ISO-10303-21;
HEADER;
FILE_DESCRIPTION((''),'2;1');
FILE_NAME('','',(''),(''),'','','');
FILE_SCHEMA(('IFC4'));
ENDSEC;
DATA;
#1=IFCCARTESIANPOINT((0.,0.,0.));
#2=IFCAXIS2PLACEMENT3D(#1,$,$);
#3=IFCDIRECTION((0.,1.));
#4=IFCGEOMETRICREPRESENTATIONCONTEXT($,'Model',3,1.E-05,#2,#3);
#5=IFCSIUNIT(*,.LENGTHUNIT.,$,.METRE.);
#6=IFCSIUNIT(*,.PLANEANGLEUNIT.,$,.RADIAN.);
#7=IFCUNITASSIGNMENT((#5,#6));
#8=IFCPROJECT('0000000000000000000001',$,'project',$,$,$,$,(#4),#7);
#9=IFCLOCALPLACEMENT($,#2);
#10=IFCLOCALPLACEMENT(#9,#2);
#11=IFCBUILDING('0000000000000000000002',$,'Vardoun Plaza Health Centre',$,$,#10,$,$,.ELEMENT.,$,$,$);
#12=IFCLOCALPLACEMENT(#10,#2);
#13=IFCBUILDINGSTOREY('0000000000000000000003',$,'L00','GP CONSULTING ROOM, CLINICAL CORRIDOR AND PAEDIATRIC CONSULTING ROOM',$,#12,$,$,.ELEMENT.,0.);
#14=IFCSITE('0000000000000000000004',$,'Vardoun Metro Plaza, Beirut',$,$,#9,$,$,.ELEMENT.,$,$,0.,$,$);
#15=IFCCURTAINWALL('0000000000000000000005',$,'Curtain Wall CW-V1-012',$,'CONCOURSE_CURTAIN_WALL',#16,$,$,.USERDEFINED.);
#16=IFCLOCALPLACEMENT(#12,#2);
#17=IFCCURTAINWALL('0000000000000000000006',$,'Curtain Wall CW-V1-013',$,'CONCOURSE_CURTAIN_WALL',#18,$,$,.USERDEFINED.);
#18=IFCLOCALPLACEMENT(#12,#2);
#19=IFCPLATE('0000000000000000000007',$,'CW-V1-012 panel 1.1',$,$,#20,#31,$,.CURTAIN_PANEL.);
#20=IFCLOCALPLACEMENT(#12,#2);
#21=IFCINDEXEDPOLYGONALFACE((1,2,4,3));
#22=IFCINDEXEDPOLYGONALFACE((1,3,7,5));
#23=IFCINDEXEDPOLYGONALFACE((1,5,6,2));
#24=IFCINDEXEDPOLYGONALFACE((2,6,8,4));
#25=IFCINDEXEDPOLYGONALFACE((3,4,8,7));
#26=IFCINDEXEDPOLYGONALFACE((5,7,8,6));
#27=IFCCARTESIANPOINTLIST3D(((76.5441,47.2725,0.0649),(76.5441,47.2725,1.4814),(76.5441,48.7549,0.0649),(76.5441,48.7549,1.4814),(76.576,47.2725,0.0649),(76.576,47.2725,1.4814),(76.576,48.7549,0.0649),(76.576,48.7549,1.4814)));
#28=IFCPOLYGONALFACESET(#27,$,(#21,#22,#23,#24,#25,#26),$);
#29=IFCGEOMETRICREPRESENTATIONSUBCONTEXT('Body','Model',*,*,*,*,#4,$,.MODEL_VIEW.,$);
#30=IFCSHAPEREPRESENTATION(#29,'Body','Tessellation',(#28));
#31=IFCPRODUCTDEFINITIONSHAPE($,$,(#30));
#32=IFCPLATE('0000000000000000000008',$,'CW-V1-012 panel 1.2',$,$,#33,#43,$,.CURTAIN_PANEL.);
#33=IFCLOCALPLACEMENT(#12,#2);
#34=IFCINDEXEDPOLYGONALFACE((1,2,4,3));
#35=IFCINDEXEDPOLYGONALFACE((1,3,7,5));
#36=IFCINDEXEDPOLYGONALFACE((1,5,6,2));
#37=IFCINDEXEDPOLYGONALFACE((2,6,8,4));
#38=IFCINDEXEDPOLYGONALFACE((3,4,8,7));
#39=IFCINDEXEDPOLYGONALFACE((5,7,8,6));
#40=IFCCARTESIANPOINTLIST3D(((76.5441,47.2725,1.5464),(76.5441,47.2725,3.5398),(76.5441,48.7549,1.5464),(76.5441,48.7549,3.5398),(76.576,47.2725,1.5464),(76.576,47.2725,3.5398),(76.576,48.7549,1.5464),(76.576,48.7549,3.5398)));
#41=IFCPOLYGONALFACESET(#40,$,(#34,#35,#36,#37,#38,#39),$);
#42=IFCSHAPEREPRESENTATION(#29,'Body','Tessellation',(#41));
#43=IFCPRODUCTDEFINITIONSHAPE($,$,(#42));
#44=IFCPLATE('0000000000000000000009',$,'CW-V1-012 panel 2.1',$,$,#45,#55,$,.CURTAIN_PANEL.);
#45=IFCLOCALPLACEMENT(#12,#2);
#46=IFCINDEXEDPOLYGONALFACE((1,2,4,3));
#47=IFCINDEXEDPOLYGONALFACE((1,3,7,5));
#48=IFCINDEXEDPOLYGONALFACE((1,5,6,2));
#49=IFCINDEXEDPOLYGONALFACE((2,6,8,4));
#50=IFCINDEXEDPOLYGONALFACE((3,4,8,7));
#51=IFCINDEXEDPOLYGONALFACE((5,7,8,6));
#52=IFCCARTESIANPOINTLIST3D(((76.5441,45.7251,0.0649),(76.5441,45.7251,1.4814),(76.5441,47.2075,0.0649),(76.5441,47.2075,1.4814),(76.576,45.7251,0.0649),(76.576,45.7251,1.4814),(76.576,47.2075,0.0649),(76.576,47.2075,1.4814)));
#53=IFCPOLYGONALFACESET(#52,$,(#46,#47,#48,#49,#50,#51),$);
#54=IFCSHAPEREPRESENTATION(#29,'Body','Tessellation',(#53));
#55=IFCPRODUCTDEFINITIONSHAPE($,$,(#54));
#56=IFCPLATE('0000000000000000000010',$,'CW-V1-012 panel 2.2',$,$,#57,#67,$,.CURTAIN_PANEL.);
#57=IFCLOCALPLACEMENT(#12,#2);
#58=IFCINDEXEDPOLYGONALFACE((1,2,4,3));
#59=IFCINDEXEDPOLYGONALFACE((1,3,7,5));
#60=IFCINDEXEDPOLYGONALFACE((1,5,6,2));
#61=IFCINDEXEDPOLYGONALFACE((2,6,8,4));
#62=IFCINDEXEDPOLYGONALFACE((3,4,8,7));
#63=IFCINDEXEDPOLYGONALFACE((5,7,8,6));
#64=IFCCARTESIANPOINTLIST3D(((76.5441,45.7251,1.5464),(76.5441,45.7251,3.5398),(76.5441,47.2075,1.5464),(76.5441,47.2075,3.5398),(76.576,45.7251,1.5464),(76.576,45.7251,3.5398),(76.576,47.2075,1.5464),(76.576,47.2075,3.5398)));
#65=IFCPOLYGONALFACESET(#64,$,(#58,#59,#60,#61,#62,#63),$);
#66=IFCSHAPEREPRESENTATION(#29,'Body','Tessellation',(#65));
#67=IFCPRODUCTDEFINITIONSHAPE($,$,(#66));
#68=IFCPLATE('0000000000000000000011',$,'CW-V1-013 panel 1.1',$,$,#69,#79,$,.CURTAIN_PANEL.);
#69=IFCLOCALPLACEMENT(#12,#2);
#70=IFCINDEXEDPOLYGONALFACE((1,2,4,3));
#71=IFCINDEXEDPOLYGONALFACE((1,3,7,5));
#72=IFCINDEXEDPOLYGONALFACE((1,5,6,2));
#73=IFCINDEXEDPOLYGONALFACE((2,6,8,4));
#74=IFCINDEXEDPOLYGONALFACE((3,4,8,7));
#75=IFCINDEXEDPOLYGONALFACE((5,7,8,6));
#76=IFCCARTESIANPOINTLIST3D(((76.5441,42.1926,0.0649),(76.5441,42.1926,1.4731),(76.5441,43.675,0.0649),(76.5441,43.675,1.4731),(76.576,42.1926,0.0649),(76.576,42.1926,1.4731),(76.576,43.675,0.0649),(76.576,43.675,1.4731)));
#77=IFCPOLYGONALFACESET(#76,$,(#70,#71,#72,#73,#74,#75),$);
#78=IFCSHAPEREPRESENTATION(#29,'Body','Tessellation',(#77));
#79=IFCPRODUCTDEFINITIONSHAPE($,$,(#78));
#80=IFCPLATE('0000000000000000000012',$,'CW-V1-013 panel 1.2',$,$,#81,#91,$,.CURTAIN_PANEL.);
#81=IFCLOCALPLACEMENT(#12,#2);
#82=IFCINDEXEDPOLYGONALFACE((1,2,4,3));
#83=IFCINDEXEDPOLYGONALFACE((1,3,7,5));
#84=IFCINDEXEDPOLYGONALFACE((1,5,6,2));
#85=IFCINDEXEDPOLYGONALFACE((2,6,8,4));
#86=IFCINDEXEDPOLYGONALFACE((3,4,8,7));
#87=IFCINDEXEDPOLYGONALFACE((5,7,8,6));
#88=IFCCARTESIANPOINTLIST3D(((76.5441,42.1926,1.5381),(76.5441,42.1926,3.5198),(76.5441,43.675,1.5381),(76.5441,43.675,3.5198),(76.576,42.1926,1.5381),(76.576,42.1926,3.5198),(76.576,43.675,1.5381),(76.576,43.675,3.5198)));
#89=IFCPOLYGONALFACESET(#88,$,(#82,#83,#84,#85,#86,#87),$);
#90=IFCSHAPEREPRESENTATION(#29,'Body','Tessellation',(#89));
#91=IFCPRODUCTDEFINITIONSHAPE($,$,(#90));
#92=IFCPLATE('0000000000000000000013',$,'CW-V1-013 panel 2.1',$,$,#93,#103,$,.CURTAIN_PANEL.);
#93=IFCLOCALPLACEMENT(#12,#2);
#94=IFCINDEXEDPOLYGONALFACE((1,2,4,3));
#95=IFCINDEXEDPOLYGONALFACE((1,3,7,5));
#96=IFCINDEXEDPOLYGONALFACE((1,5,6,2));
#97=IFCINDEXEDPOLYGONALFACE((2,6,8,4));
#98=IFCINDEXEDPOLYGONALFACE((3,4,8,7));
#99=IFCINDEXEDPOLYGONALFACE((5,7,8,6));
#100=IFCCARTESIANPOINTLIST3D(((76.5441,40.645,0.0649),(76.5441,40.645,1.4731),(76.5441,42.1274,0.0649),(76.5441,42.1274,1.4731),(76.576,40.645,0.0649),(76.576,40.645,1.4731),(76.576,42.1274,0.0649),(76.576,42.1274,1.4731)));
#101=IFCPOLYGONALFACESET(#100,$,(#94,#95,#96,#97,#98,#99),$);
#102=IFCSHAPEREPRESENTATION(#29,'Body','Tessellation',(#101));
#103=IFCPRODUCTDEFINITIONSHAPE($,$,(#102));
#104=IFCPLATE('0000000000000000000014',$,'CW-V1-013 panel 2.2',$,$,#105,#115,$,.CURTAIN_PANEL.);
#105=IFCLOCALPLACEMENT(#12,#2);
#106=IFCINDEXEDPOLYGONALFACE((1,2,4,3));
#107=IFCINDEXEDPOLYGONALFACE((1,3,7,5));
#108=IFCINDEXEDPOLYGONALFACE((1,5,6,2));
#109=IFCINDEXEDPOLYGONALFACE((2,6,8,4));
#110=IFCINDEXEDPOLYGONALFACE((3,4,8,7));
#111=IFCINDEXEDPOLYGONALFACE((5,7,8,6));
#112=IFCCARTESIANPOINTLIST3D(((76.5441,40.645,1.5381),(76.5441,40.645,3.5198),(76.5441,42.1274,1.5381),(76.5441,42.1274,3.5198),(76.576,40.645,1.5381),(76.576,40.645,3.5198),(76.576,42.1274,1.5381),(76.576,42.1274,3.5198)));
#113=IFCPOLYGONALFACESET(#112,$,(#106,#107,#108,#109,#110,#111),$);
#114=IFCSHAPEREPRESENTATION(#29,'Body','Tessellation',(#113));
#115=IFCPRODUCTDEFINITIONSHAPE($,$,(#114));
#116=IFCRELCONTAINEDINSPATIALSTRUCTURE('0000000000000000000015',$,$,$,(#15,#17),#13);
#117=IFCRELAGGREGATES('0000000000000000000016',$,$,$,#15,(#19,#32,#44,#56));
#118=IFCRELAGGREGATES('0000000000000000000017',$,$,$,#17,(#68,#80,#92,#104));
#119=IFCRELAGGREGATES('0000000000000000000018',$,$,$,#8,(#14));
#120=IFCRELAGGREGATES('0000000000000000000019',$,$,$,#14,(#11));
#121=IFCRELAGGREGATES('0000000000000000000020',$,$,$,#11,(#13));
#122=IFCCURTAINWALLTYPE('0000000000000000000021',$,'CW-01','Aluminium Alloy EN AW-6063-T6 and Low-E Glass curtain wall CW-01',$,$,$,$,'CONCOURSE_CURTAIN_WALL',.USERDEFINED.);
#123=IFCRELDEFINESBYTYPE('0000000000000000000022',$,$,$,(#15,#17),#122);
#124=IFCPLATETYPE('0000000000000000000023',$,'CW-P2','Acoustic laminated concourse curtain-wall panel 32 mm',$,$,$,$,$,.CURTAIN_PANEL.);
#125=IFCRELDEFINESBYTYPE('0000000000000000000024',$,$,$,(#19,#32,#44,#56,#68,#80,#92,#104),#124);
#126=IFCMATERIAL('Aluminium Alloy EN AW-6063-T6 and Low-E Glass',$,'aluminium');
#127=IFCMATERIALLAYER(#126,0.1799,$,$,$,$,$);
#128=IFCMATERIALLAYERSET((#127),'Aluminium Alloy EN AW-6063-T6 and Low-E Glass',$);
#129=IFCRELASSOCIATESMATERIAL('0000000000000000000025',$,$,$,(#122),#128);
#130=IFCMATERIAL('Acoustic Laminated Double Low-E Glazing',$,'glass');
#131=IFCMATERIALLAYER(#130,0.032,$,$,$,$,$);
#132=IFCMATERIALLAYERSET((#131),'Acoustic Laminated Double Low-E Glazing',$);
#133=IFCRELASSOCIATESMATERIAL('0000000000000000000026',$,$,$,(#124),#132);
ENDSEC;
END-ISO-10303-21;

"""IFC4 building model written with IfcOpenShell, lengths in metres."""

from ifc_helpers import new_model, si_unit, direction, frame, origin, origin_2d, place, context, subcontext, project, spatial, rectangle, extrude, material, layer, layer_set, type_object, element, aggregate, save


model = new_model("IFC4")

# Units and contexts
model_context = context("Model", 3, precision=1e-05, world=origin(), true_north=direction((0.0, 1.0)))
body_context = subcontext(model_context, "Body", "Model", "MODEL_VIEW")
ifc_project = project(units=[si_unit("LENGTHUNIT", "METRE"), si_unit("PLANEANGLEUNIT", "RADIAN")], contexts=[model_context])

# Site, building, storey
site_placement = place(None, origin())
site = spatial("IfcSite", under=ifc_project, at=site_placement, Name="Vardoun Metro Plaza, Beirut", CompositionType="ELEMENT", RefElevation=0.0)
building_placement = place(site_placement, origin())
building = spatial("IfcBuilding", under=site, at=building_placement, Name="Vardoun Plaza Health Centre", CompositionType="ELEMENT")
storey_placement = place(building_placement, origin())
storey = spatial("IfcBuildingStorey", under=building, at=storey_placement, Name="L00", Description="GP CONSULTING ROOM, CLINICAL CORRIDOR AND PAEDIATRIC CONSULTING ROOM", CompositionType="ELEMENT", Elevation=0.0)

# Curtain walls
ifc_material_1 = material(Name="Aluminium Alloy EN AW-6063-T6 and Low-E Glass", Category="aluminium")
ifc_layer_1 = layer(ifc_material_1, 0.1799)
ifc_layer_set_1 = layer_set([ifc_layer_1], Name="Aluminium Alloy EN AW-6063-T6 and Low-E Glass")
curtain_wall_type = type_object("IfcCurtainWallType", Name="CW-01", Description="Aluminium Alloy EN AW-6063-T6 and Low-E Glass curtain wall CW-01", ElementType="CONCOURSE_CURTAIN_WALL", PredefinedType="USERDEFINED", material=ifc_layer_set_1)
curtain_wall_1_placement = place(storey_placement, origin())
curtain_wall_1 = element("IfcCurtainWall", 1, at=curtain_wall_1_placement, inside=storey, type_object=curtain_wall_type, Name="Curtain Wall CW-V1-012", ObjectType="CONCOURSE_CURTAIN_WALL", PredefinedType="USERDEFINED")
curtain_wall_2_placement = place(storey_placement, origin())
curtain_wall_2 = element("IfcCurtainWall", 2, at=curtain_wall_2_placement, inside=storey, type_object=curtain_wall_type, Name="Curtain Wall CW-V1-013", ObjectType="CONCOURSE_CURTAIN_WALL", PredefinedType="USERDEFINED")

# Plates
ifc_material_2 = material(Name="Acoustic Laminated Double Low-E Glazing", Category="glass")
ifc_layer_2 = layer(ifc_material_2, 0.032)
ifc_layer_set_2 = layer_set([ifc_layer_2], Name="Acoustic Laminated Double Low-E Glazing")
plate_type = type_object("IfcPlateType", Name="CW-P2", Description="Acoustic laminated concourse curtain-wall panel 32 mm", PredefinedType="CURTAIN_PANEL", material=ifc_layer_set_2)
plate_1_placement = place(storey_placement, frame((76.5601, 48.0137, 0.0649), z_axis=(0.0, 0.0, 1.0), x_axis=(0.0, -1.0, 0.0)))
plate_1 = element("IfcPlate", 3, at=plate_1_placement, type_object=plate_type, Name="CW-V1-012 panel 1.1", PredefinedType="CURTAIN_PANEL", context=body_context, shape_type="SweptSolid", body=[
    extrude(rectangle(XDim=1.4824, YDim=0.032, at=origin_2d()), origin(), (0.0, 0.0, 1.0), 1.4165),
])
plate_2_placement = place(storey_placement, frame((76.5601, 48.0137, 1.5464), z_axis=(0.0, 0.0, 1.0), x_axis=(0.0, -1.0, 0.0)))
plate_2 = element("IfcPlate", 4, at=plate_2_placement, type_object=plate_type, Name="CW-V1-012 panel 1.2", PredefinedType="CURTAIN_PANEL", context=body_context, shape_type="SweptSolid", body=[
    extrude(rectangle(XDim=1.4824, YDim=0.032, at=origin_2d()), origin(), (0.0, 0.0, 1.0), 1.9934),
])
plate_3_placement = place(storey_placement, frame((76.5601, 46.4663, 0.0649), z_axis=(0.0, 0.0, 1.0), x_axis=(0.0, -1.0, 0.0)))
plate_3 = element("IfcPlate", 5, at=plate_3_placement, type_object=plate_type, Name="CW-V1-012 panel 2.1", PredefinedType="CURTAIN_PANEL", context=body_context, shape_type="SweptSolid", body=[
    extrude(rectangle(XDim=1.4824, YDim=0.032, at=origin_2d()), origin(), (0.0, 0.0, 1.0), 1.4165),
])
plate_4_placement = place(storey_placement, frame((76.5601, 46.4663, 1.5464), z_axis=(0.0, 0.0, 1.0), x_axis=(0.0, -1.0, 0.0)))
plate_4 = element("IfcPlate", 6, at=plate_4_placement, type_object=plate_type, Name="CW-V1-012 panel 2.2", PredefinedType="CURTAIN_PANEL", context=body_context, shape_type="SweptSolid", body=[
    extrude(rectangle(XDim=1.4824, YDim=0.032, at=origin_2d()), origin(), (0.0, 0.0, 1.0), 1.9934),
])
aggregate(curtain_wall_1, [plate_1, plate_2, plate_3, plate_4])
plate_5_placement = place(storey_placement, frame((76.5601, 42.9338, 0.0649), z_axis=(0.0, 0.0, 1.0), x_axis=(0.0, -1.0, 0.0)))
plate_5 = element("IfcPlate", 7, at=plate_5_placement, type_object=plate_type, Name="CW-V1-013 panel 1.1", PredefinedType="CURTAIN_PANEL", context=body_context, shape_type="SweptSolid", body=[
    extrude(rectangle(XDim=1.4824, YDim=0.032, at=origin_2d()), origin(), (0.0, 0.0, 1.0), 1.4082),
])
plate_6_placement = place(storey_placement, frame((76.5601, 42.9338, 1.5381), z_axis=(0.0, 0.0, 1.0), x_axis=(0.0, -1.0, 0.0)))
plate_6 = element("IfcPlate", 8, at=plate_6_placement, type_object=plate_type, Name="CW-V1-013 panel 1.2", PredefinedType="CURTAIN_PANEL", context=body_context, shape_type="SweptSolid", body=[
    extrude(rectangle(XDim=1.4824, YDim=0.032, at=origin_2d()), origin(), (0.0, 0.0, 1.0), 1.9817),
])
plate_7_placement = place(storey_placement, frame((76.5601, 41.3862, 0.0649), z_axis=(0.0, 0.0, 1.0), x_axis=(0.0, -1.0, 0.0)))
plate_7 = element("IfcPlate", 9, at=plate_7_placement, type_object=plate_type, Name="CW-V1-013 panel 2.1", PredefinedType="CURTAIN_PANEL", context=body_context, shape_type="SweptSolid", body=[
    extrude(rectangle(XDim=1.4824, YDim=0.032, at=origin_2d()), origin(), (0.0, 0.0, 1.0), 1.4082),
])
plate_8_placement = place(storey_placement, frame((76.5601, 41.3862, 1.5381), z_axis=(0.0, 0.0, 1.0), x_axis=(0.0, -1.0, 0.0)))
plate_8 = element("IfcPlate", 10, at=plate_8_placement, type_object=plate_type, Name="CW-V1-013 panel 2.2", PredefinedType="CURTAIN_PANEL", context=body_context, shape_type="SweptSolid", body=[
    extrude(rectangle(XDim=1.4824, YDim=0.032, at=origin_2d()), origin(), (0.0, 0.0, 1.0), 1.9817),
])
aggregate(curtain_wall_2, [plate_5, plate_6, plate_7, plate_8])

save(model, "model.ifc")
